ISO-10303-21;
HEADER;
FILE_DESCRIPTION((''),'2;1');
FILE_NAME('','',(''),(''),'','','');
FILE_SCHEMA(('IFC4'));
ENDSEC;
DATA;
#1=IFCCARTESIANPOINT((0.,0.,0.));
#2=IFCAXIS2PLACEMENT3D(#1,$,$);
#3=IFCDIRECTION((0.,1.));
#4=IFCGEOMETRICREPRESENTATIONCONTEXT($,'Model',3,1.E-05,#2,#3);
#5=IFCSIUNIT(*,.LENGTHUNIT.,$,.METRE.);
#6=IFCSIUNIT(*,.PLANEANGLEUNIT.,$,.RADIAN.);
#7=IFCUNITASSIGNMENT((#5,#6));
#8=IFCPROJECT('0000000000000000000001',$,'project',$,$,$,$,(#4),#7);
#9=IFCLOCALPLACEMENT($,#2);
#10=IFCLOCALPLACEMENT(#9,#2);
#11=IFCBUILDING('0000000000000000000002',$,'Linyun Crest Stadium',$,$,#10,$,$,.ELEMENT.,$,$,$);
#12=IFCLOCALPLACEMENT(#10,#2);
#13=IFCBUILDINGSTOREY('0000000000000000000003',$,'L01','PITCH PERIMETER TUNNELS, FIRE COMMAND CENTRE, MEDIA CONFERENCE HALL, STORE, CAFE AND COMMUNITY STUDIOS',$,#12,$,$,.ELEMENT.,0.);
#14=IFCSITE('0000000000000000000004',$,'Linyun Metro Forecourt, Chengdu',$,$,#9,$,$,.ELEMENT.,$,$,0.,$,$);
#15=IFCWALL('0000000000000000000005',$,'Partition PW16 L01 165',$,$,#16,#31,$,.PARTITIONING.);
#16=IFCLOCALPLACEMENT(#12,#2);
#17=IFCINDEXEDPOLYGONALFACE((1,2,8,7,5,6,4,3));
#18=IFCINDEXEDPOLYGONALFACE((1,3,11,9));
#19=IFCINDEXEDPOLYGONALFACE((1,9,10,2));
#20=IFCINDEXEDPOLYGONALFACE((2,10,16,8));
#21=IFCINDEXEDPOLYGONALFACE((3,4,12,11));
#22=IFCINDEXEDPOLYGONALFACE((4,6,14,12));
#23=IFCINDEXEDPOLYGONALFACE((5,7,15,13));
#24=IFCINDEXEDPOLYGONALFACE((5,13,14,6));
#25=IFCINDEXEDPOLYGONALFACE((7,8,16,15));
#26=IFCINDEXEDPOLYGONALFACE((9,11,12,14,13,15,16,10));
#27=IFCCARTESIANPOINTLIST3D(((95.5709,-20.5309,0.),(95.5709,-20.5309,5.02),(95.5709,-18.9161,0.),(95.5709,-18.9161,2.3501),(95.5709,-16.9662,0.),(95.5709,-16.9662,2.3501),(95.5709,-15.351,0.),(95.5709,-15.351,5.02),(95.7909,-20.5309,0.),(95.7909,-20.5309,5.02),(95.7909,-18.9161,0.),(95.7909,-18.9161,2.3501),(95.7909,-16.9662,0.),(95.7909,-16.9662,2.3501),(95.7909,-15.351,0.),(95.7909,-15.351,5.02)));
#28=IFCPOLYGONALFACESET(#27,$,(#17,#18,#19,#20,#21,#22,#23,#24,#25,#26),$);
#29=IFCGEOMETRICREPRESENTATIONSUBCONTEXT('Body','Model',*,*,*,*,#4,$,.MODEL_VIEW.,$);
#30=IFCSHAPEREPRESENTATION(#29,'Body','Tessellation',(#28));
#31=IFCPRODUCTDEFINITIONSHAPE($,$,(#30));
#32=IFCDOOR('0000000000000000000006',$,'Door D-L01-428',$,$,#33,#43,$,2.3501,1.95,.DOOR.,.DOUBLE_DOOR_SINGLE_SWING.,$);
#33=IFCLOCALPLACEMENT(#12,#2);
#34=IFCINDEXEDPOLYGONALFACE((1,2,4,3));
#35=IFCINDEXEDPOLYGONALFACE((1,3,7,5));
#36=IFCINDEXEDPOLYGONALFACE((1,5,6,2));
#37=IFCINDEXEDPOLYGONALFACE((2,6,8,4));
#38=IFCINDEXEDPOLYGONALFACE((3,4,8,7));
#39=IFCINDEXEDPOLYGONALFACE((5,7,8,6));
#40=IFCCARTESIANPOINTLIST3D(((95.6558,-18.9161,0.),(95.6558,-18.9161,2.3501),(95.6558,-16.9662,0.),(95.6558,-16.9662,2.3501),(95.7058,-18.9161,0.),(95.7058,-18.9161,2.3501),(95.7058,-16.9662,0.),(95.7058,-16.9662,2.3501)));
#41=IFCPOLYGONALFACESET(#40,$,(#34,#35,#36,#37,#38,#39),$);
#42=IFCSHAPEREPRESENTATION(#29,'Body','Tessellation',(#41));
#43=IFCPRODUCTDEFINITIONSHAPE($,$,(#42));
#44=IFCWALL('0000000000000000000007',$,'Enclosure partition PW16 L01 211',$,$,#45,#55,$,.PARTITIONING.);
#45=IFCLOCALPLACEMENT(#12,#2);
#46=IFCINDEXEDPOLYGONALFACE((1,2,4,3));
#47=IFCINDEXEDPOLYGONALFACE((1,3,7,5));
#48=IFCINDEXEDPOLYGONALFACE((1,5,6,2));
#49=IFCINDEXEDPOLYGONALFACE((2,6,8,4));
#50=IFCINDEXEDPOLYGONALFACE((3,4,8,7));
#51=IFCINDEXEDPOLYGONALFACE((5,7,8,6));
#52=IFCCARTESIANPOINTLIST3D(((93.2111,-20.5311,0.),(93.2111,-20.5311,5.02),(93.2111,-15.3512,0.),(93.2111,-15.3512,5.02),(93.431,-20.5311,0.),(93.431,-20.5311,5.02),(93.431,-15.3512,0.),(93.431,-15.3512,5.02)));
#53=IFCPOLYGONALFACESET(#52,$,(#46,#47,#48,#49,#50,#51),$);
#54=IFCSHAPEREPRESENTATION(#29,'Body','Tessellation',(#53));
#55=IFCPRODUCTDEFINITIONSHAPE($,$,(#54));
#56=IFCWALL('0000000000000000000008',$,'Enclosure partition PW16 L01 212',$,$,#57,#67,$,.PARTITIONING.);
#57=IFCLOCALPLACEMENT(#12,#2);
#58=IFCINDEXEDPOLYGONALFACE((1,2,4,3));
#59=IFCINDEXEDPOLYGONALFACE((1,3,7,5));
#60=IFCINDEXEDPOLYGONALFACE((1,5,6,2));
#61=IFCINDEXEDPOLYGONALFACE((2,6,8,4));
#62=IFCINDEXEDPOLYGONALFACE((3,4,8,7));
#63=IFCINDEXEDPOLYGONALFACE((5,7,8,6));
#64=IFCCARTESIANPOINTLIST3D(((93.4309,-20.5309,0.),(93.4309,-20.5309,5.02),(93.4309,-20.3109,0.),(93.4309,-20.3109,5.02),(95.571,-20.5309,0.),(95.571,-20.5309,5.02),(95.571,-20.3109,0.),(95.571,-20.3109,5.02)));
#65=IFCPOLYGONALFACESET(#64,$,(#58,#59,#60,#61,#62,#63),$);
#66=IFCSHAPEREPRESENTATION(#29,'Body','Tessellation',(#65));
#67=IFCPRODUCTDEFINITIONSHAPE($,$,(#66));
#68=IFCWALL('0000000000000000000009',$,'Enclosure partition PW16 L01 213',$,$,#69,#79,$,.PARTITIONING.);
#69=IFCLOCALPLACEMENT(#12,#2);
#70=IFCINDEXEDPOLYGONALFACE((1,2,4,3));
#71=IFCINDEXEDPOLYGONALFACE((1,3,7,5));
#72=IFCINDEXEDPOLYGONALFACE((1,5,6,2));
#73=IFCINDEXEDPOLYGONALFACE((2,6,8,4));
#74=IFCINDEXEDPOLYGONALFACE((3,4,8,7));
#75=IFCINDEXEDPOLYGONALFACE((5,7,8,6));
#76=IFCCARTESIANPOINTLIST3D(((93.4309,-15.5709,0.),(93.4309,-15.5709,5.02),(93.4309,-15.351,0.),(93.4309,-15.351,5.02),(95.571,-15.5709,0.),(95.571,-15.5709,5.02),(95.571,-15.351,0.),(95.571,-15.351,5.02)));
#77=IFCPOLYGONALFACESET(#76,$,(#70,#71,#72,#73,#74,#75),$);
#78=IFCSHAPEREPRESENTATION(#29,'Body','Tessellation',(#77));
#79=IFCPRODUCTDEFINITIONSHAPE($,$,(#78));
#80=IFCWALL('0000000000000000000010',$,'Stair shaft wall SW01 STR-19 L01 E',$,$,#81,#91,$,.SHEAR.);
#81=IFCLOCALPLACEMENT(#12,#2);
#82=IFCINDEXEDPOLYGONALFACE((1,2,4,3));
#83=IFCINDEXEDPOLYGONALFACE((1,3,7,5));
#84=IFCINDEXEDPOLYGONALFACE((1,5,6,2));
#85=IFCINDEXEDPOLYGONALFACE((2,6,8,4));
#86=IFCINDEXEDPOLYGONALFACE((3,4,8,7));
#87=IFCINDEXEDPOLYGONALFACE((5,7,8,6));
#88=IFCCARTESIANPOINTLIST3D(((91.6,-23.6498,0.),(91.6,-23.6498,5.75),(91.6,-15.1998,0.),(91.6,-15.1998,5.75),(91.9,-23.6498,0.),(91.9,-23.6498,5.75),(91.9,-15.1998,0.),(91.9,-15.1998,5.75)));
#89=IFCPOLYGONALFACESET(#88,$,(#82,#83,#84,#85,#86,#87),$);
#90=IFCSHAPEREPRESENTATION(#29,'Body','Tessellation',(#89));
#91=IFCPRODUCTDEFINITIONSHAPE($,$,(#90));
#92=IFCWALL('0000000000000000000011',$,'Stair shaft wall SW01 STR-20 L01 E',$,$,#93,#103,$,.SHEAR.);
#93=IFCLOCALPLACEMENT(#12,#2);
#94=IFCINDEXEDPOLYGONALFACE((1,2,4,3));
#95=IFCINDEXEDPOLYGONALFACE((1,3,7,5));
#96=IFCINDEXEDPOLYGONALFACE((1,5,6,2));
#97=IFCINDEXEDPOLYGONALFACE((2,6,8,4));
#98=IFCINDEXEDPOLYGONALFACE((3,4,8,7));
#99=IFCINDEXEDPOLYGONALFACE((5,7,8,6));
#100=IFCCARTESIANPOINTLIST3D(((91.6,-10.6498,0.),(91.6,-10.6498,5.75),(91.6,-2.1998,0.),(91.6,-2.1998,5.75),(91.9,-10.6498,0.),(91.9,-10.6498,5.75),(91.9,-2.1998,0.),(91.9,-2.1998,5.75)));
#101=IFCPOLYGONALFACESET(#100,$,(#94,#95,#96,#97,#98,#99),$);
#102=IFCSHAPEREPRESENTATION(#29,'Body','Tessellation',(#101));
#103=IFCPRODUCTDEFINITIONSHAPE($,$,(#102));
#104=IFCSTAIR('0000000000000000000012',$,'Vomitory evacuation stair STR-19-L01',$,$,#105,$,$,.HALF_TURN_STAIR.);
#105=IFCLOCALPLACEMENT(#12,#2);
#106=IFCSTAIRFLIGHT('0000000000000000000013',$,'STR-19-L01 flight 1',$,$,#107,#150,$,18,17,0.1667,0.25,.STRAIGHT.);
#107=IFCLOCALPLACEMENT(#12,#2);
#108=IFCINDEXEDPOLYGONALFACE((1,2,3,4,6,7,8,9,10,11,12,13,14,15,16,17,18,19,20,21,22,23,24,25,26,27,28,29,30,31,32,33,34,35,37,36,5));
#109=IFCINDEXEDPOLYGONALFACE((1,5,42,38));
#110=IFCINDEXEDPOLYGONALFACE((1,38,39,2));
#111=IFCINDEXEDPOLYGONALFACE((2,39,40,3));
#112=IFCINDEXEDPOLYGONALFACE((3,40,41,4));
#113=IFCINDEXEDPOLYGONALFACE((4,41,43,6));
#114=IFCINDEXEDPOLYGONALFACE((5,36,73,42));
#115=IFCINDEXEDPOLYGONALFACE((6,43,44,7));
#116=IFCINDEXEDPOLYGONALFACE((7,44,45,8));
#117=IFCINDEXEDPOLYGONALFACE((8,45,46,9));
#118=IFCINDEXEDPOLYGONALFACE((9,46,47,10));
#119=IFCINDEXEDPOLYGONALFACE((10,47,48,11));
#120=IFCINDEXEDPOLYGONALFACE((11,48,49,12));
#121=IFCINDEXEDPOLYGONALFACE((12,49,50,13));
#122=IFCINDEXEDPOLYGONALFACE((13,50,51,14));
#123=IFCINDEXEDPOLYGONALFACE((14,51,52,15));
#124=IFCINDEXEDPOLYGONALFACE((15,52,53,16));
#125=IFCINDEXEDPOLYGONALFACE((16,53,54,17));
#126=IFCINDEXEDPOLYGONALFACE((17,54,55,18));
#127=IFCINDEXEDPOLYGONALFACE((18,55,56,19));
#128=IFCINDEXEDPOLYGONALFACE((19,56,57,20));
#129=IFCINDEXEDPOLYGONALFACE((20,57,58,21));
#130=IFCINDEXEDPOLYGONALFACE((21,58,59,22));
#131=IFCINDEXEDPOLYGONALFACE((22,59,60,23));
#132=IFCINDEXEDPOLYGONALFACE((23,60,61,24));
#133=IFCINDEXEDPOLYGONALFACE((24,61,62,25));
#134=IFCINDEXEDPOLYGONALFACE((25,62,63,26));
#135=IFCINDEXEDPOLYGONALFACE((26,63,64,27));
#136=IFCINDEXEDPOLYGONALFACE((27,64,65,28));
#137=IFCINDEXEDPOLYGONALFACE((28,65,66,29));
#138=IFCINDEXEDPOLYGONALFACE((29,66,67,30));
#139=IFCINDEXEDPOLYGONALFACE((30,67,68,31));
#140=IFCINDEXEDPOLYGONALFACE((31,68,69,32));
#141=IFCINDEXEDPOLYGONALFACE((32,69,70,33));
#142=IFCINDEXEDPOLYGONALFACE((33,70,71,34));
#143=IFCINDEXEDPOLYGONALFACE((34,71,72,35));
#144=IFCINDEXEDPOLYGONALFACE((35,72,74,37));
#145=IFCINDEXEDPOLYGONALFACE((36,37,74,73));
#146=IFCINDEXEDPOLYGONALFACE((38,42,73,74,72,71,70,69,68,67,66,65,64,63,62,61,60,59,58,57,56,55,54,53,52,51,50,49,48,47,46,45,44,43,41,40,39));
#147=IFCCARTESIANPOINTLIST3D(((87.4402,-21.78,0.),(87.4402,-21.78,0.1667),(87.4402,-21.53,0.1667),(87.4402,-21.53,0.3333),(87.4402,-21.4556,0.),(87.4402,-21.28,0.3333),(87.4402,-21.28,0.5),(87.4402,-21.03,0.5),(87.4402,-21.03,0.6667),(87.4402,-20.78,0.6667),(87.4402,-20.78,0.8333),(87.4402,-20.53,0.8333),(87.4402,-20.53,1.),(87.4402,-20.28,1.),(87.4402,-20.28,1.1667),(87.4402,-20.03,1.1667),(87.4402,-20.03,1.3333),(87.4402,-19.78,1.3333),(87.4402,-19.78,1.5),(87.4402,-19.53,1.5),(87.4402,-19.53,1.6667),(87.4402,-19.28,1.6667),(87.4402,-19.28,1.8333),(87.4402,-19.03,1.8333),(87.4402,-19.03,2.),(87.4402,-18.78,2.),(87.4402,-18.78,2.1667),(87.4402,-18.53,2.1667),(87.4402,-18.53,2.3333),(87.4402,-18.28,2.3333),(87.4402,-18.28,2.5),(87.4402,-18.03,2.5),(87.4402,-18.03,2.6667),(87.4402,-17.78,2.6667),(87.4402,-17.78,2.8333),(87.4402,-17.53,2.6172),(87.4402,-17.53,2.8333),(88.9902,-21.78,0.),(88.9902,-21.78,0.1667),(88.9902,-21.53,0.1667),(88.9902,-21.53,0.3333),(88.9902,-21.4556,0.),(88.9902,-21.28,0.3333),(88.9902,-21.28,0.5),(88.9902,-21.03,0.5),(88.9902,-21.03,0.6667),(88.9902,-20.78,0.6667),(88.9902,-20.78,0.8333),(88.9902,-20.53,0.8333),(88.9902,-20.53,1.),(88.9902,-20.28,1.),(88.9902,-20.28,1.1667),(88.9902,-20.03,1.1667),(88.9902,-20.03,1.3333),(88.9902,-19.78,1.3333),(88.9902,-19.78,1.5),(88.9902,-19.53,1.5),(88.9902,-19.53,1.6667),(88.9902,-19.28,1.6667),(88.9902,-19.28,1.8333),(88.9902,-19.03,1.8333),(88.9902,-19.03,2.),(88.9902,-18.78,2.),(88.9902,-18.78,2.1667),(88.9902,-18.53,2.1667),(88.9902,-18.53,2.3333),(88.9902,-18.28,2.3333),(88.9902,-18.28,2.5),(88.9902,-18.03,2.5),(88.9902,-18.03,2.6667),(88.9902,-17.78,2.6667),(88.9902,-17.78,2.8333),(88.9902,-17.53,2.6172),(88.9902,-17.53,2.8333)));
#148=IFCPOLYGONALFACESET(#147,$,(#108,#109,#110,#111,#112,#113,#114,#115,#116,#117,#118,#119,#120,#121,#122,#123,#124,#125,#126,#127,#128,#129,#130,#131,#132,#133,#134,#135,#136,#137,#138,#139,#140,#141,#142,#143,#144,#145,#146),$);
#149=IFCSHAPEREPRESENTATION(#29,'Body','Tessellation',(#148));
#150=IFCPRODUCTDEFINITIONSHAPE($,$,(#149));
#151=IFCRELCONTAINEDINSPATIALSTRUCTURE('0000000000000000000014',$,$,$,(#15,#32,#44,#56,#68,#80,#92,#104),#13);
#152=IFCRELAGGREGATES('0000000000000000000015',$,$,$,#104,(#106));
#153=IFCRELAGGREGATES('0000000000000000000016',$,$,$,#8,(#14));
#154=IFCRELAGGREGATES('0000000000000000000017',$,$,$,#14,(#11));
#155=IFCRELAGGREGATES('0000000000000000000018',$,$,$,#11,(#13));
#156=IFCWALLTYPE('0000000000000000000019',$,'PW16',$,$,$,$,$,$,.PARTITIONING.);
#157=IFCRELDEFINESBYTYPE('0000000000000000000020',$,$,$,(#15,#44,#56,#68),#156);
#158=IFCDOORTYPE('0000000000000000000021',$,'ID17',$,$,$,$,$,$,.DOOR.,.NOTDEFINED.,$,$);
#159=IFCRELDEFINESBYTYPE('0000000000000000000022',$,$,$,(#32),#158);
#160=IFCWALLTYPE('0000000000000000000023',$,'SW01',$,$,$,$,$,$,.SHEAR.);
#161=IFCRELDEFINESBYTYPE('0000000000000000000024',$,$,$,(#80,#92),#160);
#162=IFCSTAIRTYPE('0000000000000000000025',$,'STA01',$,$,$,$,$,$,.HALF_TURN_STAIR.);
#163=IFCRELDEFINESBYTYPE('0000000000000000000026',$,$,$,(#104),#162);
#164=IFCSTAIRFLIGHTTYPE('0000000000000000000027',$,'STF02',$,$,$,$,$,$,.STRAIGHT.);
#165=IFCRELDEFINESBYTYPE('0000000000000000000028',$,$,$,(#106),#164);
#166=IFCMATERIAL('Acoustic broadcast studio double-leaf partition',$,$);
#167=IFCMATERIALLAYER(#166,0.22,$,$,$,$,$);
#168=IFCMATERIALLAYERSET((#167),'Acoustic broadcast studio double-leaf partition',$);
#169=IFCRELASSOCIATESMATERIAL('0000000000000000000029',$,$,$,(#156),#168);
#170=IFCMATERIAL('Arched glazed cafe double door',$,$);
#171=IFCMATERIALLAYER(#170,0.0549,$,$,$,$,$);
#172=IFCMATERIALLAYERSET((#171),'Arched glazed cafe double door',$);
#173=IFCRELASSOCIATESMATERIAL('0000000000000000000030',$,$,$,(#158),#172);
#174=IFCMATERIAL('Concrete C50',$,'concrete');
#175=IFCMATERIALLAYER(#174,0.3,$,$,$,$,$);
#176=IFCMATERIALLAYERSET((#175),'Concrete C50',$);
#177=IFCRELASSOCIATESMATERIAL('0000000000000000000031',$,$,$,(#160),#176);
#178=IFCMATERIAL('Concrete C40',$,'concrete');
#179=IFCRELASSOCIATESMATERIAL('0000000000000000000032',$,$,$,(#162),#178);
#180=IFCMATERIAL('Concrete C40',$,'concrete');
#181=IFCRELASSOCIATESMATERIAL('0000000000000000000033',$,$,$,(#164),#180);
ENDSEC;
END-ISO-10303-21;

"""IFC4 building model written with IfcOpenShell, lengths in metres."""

from ifc_helpers import new_model, si_unit, direction, frame, frame_2d, origin, place, context, subcontext, project, spatial, polyline, rectangle, outline, extrude, material, layer, layer_set, type_object, element, fill, aggregate, save


model = new_model("IFC4")

# Units and contexts
model_context = context("Model", 3, precision=1e-05, world=origin(), true_north=direction((0.0, 1.0)))
body_context = subcontext(model_context, "Body", "Model", "MODEL_VIEW")
ifc_project = project(units=[si_unit("LENGTHUNIT", "METRE"), si_unit("PLANEANGLEUNIT", "RADIAN")], contexts=[model_context])

# Site, building, storey
site_placement = place(None, origin())
site = spatial("IfcSite", under=ifc_project, at=site_placement, Name="Linyun Metro Forecourt, Chengdu", CompositionType="ELEMENT", RefElevation=0.0)
building_placement = place(site_placement, origin())
building = spatial("IfcBuilding", under=site, at=building_placement, Name="Linyun Crest Stadium", CompositionType="ELEMENT")
storey_placement = place(building_placement, origin())
storey = spatial("IfcBuildingStorey", under=building, at=storey_placement, Name="L01", Description="PITCH PERIMETER TUNNELS, FIRE COMMAND CENTRE, MEDIA CONFERENCE HALL, STORE, CAFE AND COMMUNITY STUDIOS", CompositionType="ELEMENT", Elevation=0.0)

# Wall, opening, door
ifc_material_1 = material(Name="Acoustic broadcast studio double-leaf partition")
ifc_layer_1 = layer(ifc_material_1, 0.22)
ifc_layer_set_1 = layer_set([ifc_layer_1], Name="Acoustic broadcast studio double-leaf partition")
wall_type_1 = type_object("IfcWallType", Name="PW16", PredefinedType="PARTITIONING", material=ifc_layer_set_1)
wall_1_placement = place(storey_placement, frame((95.6809, -15.3511, 0.0), z_axis=(0.0, 0.0, 1.0), x_axis=(0.0, -1.0, 0.0)))
wall_1 = element("IfcWall", 1, at=wall_1_placement, inside=storey, type_object=wall_type_1, Name="Partition PW16 L01 165", PredefinedType="PARTITIONING", context=body_context, shape_type="SweptSolid", body=[
    extrude(rectangle(XDim=5.1799, YDim=0.22, at=frame_2d((2.5898, 0.0))), origin(), (0.0, 0.0, 1.0), 5.02),
])
opening_1_placement = place(wall_1_placement, frame((1.615, 0.0, 0.0)))
opening_1 = element("IfcOpeningElement", 2, at=opening_1_placement, cuts=wall_1, PredefinedType="OPENING", context=body_context, shape_type="SweptSolid", body=[
    extrude(rectangle(XDim=1.95, YDim=2.3501, at=frame_2d((0.9751, 1.175))), frame((0.0, 0.1199, 0.0), z_axis=(0.0, -1.0, 0.0), x_axis=(1.0, 0.0, 0.0)), (0.0, 0.0, 1.0), 0.24),
])
ifc_material_2 = material(Name="Arched glazed cafe double door")
ifc_layer_2 = layer(ifc_material_2, 0.0549)
ifc_layer_set_2 = layer_set([ifc_layer_2], Name="Arched glazed cafe double door")
door_type_1 = type_object("IfcDoorType", Name="ID17", OperationType="NOTDEFINED", PredefinedType="DOOR", material=ifc_layer_set_2)
door_1_placement = place(opening_1_placement, origin())
door_1 = element("IfcDoor", 3, at=door_1_placement, inside=storey, type_object=door_type_1, Name="Door D-L01-428", OperationType="DOUBLE_DOOR_SINGLE_SWING", OverallHeight=2.3501, OverallWidth=1.95, PredefinedType="DOOR", context=body_context, shape_type="SweptSolid", body=[
    extrude(rectangle(XDim=1.95, YDim=2.3501, at=frame_2d((0.9751, 1.175))), frame((0.0, 0.0249, 0.0), z_axis=(0.0, -1.0, 0.0), x_axis=(1.0, 0.0, 0.0)), (0.0, 0.0, 1.0), 0.05),
])
fill(opening_1, door_1)

# Walls
wall_2_placement = place(storey_placement, frame((93.321, -20.531, 0.0), z_axis=(0.0, 0.0, 1.0), x_axis=(0.0, 1.0, 0.0)))
element("IfcWall", 4, at=wall_2_placement, inside=storey, type_object=wall_type_1, Name="Enclosure partition PW16 L01 211", PredefinedType="PARTITIONING", context=body_context, shape_type="SweptSolid", body=[
    extrude(rectangle(XDim=5.1799, YDim=0.22, at=frame_2d((2.5898, 0.0))), origin(), (0.0, 0.0, 1.0), 5.02),
])
for number, where, z_axis, x_axis, name in (
    (5, (93.4309, -20.4209, 0.0), (0.0, 0.0, 1.0), (1.0, 0.0, 0.0), "Enclosure partition PW16 L01 212"),
    (6, (93.4309, -15.4609, 0.0), (0.0, 0.0, 1.0), (1.0, 0.0, 0.0), "Enclosure partition PW16 L01 213"),
):
    element("IfcWall", number, at=place(storey_placement, frame(where, z_axis=z_axis, x_axis=x_axis)), inside=storey, type_object=wall_type_1, Name=name, PredefinedType="PARTITIONING", context=body_context, shape_type="SweptSolid", body=[
        extrude(rectangle(XDim=2.1401, YDim=0.22, at=frame_2d((1.0701, 0.0))), origin(), (0.0, 0.0, 1.0), 5.02),
    ])
ifc_material_3 = material(Name="Concrete C50", Category="concrete")
ifc_layer_3 = layer(ifc_material_3, 0.3)
ifc_layer_set_3 = layer_set([ifc_layer_3], Name="Concrete C50")
wall_type_2 = type_object("IfcWallType", Name="SW01", PredefinedType="SHEAR", material=ifc_layer_set_3)
for number, where, z_axis, x_axis, name in (
    (7, (91.75, -23.6499, 0.0), (0.0, 0.0, 1.0), (0.0, 1.0, 0.0), "Stair shaft wall SW01 STR-19 L01 E"),
    (8, (91.75, -10.6499, 0.0), (0.0, 0.0, 1.0), (0.0, 1.0, 0.0), "Stair shaft wall SW01 STR-20 L01 E"),
):
    element("IfcWall", number, at=place(storey_placement, frame(where, z_axis=z_axis, x_axis=x_axis)), inside=storey, type_object=wall_type_2, Name=name, PredefinedType="SHEAR", context=body_context, shape_type="SweptSolid", body=[
        extrude(rectangle(XDim=8.45, YDim=0.3, at=frame_2d((4.2251, 0.0))), origin(), (0.0, 0.0, 1.0), 5.75),
    ])

# Stair, stair flight
ifc_material_4 = material(Name="Concrete C40", Category="concrete")
stair_type = type_object("IfcStairType", Name="STA01", PredefinedType="HALF_TURN_STAIR", material=ifc_material_4)
stair_1_placement = place(storey_placement, origin())
stair_1 = element("IfcStair", 9, at=stair_1_placement, inside=storey, type_object=stair_type, Name="Vomitory evacuation stair STR-19-L01", PredefinedType="HALF_TURN_STAIR")
ifc_material_5 = material(Name="Concrete C40", Category="concrete")
stair_flight_type = type_object("IfcStairFlightType", Name="STF02", PredefinedType="STRAIGHT", material=ifc_material_5)
stair_flight_1_placement = place(storey_placement, frame((88.2151, -21.78, 0.0), z_axis=(0.0, 0.0, 1.0), x_axis=(0.0, 1.0, 0.0)))
stair_flight_1 = element("IfcStairFlight", 10, at=stair_flight_1_placement, type_object=stair_flight_type, Name="STR-19-L01 flight 1", NumberOfRisers=18, NumberOfTreads=17, PredefinedType="STRAIGHT", RiserHeight=0.1667, TreadLength=0.25, context=body_context, shape_type="SweptSolid", body=[
    extrude(outline(polyline([(0.0, 0.0), (0.0, 0.1667), (0.25, 0.1667), (0.25, 0.3333), (0.5, 0.3333), (0.5, 0.5), (0.75, 0.5), (0.75, 0.6667), (1.0, 0.6667), (1.0, 0.8333), (1.25, 0.8333), (1.25, 1.0), (1.5, 1.0), (1.5, 1.1667), (1.75, 1.1667), (1.75, 1.3333), (2.0, 1.3333), (2.0, 1.5), (2.25, 1.5), (2.25, 1.6667), (2.5, 1.6667), (2.5, 1.8333), (2.75, 1.8333), (2.75, 2.0), (3.0, 2.0), (3.0, 2.1667), (3.25, 2.1667), (3.25, 2.3333), (3.5, 2.3333), (3.5, 2.5), (3.75, 2.5), (3.75, 2.6667), (4.0, 2.6667), (4.0, 2.8333), (4.25, 2.8333), (4.25, 3.0), (4.25, 2.6172), (0.3245, 0.0), (0.0, 0.0)])), frame((0.0, 0.7749, 0.0), z_axis=(0.0, -1.0, 0.0), x_axis=(1.0, 0.0, 0.0)), (0.0, 0.0, 1.0), 1.55),
])
aggregate(stair_1, [stair_flight_1])

save(model, "model.ifc")
